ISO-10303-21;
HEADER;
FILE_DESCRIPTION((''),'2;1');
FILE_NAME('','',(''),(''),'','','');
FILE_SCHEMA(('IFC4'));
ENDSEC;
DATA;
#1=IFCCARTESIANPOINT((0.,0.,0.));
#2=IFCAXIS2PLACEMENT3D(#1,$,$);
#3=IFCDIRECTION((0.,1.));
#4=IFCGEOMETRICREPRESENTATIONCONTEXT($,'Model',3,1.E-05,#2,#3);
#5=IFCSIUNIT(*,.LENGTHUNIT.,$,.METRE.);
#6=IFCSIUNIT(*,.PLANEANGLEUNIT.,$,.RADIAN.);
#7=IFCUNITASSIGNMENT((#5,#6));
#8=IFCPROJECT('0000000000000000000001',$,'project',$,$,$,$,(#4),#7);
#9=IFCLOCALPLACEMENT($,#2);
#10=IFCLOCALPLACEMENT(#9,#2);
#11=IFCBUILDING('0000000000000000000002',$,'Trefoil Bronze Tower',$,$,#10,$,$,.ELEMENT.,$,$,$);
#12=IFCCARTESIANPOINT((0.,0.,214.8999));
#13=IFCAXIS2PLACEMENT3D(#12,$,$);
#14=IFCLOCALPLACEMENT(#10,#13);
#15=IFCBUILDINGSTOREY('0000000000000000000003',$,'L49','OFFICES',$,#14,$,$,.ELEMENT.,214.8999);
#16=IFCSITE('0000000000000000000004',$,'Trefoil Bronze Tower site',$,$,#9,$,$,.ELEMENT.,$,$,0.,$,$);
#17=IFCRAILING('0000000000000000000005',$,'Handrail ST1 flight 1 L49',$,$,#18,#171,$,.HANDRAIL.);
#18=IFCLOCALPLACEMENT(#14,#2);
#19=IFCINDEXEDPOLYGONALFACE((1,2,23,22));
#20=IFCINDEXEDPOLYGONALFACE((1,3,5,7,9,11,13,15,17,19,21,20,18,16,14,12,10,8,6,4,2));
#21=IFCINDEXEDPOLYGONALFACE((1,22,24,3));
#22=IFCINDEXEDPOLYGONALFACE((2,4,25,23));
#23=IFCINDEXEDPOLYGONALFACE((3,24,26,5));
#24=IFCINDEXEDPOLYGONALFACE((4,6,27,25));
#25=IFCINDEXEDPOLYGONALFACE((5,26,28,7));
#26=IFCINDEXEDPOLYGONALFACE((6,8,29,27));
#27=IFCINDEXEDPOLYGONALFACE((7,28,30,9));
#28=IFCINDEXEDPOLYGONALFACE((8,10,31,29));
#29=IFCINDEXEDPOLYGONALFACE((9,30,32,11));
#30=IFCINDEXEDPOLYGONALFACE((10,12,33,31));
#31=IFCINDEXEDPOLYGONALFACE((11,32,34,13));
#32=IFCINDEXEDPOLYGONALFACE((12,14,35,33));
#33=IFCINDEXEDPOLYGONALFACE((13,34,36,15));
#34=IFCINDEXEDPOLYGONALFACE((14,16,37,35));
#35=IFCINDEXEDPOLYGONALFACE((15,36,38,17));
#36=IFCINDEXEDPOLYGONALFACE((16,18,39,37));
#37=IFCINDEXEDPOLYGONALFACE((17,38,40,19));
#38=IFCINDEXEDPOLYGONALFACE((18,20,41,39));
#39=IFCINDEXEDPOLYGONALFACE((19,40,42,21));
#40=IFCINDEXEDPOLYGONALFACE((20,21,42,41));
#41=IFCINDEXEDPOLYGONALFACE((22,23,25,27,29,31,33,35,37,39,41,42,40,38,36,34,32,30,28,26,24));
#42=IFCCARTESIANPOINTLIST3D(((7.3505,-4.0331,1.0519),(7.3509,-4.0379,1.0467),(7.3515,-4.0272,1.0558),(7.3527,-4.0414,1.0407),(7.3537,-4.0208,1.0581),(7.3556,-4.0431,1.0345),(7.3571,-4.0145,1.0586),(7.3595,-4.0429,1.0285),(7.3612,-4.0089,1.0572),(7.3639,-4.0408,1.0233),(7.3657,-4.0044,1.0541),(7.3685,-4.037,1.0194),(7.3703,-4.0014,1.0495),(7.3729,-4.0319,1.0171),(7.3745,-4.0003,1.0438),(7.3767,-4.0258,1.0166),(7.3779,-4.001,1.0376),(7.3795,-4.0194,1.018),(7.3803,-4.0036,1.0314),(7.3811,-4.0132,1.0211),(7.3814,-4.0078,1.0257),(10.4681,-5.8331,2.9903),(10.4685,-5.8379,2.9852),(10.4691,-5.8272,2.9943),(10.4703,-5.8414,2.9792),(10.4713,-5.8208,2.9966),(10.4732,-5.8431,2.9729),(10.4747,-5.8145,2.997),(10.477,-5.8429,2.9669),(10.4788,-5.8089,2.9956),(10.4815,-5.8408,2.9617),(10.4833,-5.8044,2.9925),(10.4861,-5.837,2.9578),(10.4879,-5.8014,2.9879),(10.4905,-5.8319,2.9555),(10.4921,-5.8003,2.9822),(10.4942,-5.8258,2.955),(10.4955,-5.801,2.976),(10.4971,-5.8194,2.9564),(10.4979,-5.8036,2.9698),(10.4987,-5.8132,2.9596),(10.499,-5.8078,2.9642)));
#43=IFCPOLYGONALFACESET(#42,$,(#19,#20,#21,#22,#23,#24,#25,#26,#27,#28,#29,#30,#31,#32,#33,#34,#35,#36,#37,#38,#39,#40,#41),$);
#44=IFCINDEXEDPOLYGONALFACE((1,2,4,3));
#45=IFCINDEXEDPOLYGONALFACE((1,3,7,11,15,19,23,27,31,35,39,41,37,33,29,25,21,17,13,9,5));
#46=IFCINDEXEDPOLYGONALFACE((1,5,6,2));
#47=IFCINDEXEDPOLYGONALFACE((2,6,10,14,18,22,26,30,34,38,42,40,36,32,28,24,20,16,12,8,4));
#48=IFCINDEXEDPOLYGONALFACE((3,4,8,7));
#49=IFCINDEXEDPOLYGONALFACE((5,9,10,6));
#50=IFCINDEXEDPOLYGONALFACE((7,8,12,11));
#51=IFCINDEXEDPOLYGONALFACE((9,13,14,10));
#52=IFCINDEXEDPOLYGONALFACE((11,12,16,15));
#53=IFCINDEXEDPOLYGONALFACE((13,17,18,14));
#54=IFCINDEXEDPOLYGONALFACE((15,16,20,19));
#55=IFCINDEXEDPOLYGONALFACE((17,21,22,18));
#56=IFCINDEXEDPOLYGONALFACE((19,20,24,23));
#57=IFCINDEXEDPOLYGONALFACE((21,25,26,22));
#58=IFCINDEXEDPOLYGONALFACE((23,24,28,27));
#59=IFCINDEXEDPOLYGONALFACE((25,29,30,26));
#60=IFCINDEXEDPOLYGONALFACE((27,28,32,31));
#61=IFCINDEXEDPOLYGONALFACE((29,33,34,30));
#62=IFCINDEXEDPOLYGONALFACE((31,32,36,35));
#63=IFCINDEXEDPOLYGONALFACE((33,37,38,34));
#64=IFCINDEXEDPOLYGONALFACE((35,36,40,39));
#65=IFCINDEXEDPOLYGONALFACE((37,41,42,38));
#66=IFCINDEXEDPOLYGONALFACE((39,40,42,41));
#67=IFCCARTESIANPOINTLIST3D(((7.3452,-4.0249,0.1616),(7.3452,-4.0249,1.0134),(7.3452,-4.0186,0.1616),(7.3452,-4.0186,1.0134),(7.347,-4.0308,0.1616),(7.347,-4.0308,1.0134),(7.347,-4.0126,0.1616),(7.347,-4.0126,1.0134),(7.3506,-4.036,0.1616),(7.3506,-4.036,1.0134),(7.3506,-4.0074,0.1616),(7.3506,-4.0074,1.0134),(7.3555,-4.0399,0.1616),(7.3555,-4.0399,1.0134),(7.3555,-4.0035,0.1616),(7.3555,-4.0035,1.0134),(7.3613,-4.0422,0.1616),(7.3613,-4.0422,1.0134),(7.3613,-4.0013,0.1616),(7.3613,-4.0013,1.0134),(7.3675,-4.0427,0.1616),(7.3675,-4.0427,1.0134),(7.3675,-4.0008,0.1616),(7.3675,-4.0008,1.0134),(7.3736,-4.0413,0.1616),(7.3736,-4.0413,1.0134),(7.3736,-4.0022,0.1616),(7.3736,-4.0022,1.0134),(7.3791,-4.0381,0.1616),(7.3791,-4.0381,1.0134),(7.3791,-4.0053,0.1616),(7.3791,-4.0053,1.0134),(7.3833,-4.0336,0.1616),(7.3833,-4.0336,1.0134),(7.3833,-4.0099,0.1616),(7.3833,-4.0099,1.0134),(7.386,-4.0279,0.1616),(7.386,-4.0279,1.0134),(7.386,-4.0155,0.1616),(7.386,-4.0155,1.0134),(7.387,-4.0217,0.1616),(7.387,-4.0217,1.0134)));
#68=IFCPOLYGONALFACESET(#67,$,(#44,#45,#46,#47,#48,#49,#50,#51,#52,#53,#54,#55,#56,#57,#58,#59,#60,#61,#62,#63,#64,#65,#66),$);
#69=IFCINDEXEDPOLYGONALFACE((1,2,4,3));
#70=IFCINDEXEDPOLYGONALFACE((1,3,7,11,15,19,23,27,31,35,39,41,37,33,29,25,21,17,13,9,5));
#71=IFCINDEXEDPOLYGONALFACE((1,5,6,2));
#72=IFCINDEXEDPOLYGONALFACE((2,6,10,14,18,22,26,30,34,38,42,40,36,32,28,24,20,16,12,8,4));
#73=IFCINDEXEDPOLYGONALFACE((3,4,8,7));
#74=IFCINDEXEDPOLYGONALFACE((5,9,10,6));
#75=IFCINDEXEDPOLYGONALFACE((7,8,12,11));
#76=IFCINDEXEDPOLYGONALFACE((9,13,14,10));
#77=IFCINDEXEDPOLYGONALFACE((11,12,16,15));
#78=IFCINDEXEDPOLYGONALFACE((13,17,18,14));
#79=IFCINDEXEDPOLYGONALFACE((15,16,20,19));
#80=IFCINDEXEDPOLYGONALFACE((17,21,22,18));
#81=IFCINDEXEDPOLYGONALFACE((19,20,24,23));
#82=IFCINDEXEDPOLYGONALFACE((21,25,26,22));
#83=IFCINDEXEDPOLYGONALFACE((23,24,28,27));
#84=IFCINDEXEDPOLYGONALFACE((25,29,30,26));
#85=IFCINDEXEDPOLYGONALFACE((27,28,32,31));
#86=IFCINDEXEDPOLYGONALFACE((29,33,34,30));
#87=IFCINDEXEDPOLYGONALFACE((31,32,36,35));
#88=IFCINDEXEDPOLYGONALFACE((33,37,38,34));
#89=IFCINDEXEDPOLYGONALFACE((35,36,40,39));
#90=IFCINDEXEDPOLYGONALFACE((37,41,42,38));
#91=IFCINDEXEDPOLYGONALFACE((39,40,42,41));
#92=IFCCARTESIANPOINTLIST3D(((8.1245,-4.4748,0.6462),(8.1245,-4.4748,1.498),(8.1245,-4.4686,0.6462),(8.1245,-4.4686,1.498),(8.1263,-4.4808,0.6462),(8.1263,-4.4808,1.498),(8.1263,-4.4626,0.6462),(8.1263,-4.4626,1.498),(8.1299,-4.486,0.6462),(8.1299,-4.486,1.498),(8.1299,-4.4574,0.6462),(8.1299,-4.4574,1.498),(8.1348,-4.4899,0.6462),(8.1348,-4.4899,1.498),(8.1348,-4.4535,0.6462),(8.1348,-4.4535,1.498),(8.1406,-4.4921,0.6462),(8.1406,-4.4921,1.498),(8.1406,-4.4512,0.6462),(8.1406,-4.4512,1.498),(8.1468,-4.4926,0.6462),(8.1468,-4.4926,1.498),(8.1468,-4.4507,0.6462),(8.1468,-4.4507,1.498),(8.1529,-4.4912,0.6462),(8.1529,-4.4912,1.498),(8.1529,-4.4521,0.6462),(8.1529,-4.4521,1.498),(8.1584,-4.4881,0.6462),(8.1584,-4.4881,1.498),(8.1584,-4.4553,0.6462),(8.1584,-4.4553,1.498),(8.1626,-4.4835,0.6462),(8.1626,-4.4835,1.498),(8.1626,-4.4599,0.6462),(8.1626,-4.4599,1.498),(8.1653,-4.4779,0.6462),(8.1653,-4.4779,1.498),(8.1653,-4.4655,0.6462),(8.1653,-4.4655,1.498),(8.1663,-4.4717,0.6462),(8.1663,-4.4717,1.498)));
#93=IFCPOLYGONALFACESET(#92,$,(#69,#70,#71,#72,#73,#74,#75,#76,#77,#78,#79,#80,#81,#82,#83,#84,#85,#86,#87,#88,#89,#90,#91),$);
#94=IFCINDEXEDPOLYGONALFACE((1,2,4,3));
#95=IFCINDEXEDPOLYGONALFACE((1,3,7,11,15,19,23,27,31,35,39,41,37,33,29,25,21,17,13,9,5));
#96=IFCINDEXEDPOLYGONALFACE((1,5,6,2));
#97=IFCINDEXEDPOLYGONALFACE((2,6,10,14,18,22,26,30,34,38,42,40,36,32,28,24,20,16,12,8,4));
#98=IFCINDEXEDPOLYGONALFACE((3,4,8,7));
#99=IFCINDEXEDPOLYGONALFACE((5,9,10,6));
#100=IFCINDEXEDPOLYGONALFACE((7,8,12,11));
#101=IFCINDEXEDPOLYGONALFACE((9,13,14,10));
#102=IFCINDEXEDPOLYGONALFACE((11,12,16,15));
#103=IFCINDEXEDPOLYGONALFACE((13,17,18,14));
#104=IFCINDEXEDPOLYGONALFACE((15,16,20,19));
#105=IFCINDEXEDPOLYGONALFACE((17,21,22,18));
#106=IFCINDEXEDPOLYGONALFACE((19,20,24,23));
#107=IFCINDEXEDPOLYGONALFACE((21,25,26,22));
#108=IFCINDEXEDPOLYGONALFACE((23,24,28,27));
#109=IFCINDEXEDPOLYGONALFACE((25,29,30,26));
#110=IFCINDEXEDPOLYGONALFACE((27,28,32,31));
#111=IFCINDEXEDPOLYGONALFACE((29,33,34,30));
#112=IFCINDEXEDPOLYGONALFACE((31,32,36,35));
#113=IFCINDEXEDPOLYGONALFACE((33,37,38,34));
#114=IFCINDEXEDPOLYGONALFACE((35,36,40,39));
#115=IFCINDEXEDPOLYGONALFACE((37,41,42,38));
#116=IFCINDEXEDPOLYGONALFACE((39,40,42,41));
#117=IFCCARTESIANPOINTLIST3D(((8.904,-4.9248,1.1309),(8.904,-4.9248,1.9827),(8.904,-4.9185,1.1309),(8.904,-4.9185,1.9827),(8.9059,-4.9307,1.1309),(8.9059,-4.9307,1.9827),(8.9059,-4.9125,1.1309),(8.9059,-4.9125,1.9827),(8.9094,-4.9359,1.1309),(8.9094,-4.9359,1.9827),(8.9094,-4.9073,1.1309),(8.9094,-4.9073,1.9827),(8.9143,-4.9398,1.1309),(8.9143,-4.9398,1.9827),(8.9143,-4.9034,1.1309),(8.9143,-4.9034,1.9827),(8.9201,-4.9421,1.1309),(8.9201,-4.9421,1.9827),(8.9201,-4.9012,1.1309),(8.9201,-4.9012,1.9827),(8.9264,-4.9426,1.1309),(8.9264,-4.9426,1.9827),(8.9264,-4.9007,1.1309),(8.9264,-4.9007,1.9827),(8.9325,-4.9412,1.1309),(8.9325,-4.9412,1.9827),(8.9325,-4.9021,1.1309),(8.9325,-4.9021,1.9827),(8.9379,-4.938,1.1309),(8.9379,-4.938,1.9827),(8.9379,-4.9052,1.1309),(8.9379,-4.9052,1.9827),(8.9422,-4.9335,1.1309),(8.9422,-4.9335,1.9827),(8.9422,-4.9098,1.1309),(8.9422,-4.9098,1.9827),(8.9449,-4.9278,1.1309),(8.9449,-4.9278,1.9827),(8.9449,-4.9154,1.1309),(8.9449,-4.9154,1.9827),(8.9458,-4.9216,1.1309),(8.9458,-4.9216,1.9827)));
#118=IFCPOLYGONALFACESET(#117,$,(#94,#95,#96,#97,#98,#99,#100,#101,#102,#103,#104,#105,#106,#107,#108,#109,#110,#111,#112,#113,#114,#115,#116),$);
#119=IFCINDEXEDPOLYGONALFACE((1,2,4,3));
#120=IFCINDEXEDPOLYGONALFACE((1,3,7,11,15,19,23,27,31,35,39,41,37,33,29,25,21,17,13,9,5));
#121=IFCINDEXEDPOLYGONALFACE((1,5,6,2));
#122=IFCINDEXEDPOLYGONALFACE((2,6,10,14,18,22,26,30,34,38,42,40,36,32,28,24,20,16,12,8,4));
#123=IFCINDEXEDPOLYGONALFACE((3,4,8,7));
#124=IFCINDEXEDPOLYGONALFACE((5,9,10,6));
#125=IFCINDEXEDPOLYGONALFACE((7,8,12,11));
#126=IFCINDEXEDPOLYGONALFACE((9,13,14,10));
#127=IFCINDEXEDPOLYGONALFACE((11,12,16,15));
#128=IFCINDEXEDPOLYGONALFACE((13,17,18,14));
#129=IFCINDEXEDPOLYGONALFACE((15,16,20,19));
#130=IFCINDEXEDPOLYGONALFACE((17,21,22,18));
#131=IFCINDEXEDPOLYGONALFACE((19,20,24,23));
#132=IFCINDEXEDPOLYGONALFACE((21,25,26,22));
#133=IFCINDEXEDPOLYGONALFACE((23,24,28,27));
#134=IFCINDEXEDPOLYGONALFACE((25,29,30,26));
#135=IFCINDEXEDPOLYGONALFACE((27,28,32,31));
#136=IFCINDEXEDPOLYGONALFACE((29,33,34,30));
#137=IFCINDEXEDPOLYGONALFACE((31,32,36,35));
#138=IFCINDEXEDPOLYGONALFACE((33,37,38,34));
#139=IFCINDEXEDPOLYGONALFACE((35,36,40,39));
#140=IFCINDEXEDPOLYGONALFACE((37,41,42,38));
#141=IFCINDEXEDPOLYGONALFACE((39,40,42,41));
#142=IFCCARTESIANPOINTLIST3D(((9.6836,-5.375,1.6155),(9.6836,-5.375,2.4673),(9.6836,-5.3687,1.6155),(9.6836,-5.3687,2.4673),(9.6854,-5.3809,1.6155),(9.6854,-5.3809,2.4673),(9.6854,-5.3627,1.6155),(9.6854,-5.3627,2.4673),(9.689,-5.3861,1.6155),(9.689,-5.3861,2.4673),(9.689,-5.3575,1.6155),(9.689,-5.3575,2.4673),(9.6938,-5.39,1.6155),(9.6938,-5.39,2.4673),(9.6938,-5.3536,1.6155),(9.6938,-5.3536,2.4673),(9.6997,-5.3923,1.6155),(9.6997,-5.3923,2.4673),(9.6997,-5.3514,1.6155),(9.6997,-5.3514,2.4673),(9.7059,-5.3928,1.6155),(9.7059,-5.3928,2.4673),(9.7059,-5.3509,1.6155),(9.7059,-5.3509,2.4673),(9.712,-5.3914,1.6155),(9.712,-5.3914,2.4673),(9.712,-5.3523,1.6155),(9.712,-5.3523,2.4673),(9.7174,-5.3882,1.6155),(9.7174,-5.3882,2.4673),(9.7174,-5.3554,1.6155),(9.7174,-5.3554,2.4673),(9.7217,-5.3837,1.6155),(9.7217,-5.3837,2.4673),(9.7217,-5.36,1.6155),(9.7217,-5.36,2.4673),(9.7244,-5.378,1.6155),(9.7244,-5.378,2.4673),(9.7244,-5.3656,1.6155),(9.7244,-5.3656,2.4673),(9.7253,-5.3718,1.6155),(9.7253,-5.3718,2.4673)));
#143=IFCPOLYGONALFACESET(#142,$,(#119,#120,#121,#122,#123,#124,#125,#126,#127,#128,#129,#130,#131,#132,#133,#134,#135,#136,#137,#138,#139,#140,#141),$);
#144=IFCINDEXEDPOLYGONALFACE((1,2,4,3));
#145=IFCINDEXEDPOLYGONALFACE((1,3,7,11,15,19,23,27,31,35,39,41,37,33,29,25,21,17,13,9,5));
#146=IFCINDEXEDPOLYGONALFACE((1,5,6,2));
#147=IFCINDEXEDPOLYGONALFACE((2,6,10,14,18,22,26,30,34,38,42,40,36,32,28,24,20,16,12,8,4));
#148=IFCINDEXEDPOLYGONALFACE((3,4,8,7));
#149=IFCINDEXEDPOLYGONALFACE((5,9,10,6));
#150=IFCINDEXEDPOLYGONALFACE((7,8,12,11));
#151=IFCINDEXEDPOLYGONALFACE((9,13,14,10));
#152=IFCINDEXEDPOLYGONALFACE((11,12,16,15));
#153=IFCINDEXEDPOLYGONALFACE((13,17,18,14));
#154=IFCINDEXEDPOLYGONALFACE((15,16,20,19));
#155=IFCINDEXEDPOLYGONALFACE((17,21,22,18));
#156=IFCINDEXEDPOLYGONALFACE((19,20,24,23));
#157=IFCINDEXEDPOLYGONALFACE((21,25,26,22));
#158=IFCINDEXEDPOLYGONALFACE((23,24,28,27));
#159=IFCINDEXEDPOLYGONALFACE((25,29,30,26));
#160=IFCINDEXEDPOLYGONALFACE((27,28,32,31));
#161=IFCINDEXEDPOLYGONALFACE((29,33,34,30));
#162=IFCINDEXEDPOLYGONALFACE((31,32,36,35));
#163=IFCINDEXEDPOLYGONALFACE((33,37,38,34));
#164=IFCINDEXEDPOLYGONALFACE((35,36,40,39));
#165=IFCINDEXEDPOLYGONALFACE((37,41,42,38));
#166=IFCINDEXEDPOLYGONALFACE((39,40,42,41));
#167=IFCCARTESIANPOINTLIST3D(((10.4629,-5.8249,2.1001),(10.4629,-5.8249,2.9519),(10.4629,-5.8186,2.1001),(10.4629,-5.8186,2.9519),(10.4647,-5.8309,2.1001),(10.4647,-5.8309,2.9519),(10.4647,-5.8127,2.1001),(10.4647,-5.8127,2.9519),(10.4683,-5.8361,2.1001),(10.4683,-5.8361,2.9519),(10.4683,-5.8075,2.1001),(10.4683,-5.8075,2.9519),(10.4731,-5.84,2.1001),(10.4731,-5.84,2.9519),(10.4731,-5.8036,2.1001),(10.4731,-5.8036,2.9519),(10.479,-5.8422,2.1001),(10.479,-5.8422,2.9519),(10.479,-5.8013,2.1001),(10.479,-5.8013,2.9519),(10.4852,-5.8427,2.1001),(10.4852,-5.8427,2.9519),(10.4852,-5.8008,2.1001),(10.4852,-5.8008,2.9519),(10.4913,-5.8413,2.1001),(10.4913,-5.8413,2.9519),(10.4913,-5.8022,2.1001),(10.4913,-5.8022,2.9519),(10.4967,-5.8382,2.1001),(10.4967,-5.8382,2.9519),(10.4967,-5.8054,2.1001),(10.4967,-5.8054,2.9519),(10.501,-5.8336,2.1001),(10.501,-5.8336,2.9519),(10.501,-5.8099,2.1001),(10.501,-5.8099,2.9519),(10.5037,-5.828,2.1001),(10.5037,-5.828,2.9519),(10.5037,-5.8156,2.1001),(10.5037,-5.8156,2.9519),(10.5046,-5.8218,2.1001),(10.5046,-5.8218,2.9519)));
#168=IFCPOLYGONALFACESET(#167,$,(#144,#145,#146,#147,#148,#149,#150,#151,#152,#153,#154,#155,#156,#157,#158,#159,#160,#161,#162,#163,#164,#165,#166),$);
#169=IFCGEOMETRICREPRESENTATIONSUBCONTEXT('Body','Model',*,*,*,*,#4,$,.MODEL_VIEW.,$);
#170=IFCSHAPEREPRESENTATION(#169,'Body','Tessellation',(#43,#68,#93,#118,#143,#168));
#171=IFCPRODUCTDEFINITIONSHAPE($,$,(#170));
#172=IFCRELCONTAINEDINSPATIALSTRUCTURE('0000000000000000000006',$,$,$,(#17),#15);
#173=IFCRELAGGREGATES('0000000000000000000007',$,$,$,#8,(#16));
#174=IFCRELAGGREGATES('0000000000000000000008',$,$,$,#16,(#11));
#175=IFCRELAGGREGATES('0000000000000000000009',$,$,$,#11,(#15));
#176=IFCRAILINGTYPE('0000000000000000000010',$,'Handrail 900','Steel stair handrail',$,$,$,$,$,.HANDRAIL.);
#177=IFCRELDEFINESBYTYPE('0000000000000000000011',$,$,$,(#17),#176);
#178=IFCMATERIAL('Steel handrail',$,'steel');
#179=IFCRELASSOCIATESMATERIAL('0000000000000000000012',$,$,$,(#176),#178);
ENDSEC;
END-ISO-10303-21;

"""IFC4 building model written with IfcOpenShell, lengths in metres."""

from ifc_helpers import new_model, si_unit, direction, frame, origin, origin_2d, place, context, subcontext, project, spatial, circle, extrude, material, type_object, element, save


model = new_model("IFC4")

# Units and contexts
model_context = context("Model", 3, precision=1e-05, world=origin(), true_north=direction((0.0, 1.0)))
body_context = subcontext(model_context, "Body", "Model", "MODEL_VIEW")
ifc_project = project(units=[si_unit("LENGTHUNIT", "METRE"), si_unit("PLANEANGLEUNIT", "RADIAN")], contexts=[model_context])

# Site, building, storey
site_placement = place(None, origin())
site = spatial("IfcSite", under=ifc_project, at=site_placement, Name="Trefoil Bronze Tower site", CompositionType="ELEMENT", RefElevation=0.0)
building_placement = place(site_placement, origin())
building = spatial("IfcBuilding", under=site, at=building_placement, Name="Trefoil Bronze Tower", CompositionType="ELEMENT")
storey_placement = place(building_placement, frame((0.0, 0.0, 214.8999)))
storey = spatial("IfcBuildingStorey", under=building, at=storey_placement, Name="L49", Description="OFFICES", CompositionType="ELEMENT", Elevation=214.8999)

# Railing
ifc_material_1 = material(Name="Steel handrail", Category="steel")
railing_type = type_object("IfcRailingType", Name="Handrail 900", Description="Steel stair handrail", PredefinedType="HANDRAIL", material=ifc_material_1)
railing_1_placement = place(storey_placement, frame((7.366, -4.0217, 0.1616)))
element("IfcRailing", 1, at=railing_1_placement, inside=storey, type_object=railing_type, Name="Handrail ST1 flight 1 L49", PredefinedType="HANDRAIL", context=body_context, shape_type="SweptSolid", body=[
    extrude(circle(Radius=0.0239, at=origin_2d()), frame((0.0, 0.0, 0.876), z_axis=(0.762503, -0.440246, 0.474102), x_axis=(0.500012, 0.866018, 0.0)), (0.0, 0.0, 1.0), 4.0886),
    extrude(circle(Radius=0.021, at=origin_2d()), origin(), (0.0, 0.0, 1.0), 0.8518),
    extrude(circle(Radius=0.021, at=origin_2d()), frame((0.7793, -0.45, 0.4846)), (0.0, 0.0, 1.0), 0.8518),
    extrude(circle(Radius=0.021, at=origin_2d()), frame((1.5588, -0.8999, 0.9692)), (0.0, 0.0, 1.0), 0.8518),
    extrude(circle(Radius=0.021, at=origin_2d()), frame((2.3384, -1.3501, 1.4539)), (0.0, 0.0, 1.0), 0.8518),
    extrude(circle(Radius=0.021, at=origin_2d()), frame((3.1177, -1.8, 1.9385)), (0.0, 0.0, 1.0), 0.8518),
])

save(model, "model.ifc")
